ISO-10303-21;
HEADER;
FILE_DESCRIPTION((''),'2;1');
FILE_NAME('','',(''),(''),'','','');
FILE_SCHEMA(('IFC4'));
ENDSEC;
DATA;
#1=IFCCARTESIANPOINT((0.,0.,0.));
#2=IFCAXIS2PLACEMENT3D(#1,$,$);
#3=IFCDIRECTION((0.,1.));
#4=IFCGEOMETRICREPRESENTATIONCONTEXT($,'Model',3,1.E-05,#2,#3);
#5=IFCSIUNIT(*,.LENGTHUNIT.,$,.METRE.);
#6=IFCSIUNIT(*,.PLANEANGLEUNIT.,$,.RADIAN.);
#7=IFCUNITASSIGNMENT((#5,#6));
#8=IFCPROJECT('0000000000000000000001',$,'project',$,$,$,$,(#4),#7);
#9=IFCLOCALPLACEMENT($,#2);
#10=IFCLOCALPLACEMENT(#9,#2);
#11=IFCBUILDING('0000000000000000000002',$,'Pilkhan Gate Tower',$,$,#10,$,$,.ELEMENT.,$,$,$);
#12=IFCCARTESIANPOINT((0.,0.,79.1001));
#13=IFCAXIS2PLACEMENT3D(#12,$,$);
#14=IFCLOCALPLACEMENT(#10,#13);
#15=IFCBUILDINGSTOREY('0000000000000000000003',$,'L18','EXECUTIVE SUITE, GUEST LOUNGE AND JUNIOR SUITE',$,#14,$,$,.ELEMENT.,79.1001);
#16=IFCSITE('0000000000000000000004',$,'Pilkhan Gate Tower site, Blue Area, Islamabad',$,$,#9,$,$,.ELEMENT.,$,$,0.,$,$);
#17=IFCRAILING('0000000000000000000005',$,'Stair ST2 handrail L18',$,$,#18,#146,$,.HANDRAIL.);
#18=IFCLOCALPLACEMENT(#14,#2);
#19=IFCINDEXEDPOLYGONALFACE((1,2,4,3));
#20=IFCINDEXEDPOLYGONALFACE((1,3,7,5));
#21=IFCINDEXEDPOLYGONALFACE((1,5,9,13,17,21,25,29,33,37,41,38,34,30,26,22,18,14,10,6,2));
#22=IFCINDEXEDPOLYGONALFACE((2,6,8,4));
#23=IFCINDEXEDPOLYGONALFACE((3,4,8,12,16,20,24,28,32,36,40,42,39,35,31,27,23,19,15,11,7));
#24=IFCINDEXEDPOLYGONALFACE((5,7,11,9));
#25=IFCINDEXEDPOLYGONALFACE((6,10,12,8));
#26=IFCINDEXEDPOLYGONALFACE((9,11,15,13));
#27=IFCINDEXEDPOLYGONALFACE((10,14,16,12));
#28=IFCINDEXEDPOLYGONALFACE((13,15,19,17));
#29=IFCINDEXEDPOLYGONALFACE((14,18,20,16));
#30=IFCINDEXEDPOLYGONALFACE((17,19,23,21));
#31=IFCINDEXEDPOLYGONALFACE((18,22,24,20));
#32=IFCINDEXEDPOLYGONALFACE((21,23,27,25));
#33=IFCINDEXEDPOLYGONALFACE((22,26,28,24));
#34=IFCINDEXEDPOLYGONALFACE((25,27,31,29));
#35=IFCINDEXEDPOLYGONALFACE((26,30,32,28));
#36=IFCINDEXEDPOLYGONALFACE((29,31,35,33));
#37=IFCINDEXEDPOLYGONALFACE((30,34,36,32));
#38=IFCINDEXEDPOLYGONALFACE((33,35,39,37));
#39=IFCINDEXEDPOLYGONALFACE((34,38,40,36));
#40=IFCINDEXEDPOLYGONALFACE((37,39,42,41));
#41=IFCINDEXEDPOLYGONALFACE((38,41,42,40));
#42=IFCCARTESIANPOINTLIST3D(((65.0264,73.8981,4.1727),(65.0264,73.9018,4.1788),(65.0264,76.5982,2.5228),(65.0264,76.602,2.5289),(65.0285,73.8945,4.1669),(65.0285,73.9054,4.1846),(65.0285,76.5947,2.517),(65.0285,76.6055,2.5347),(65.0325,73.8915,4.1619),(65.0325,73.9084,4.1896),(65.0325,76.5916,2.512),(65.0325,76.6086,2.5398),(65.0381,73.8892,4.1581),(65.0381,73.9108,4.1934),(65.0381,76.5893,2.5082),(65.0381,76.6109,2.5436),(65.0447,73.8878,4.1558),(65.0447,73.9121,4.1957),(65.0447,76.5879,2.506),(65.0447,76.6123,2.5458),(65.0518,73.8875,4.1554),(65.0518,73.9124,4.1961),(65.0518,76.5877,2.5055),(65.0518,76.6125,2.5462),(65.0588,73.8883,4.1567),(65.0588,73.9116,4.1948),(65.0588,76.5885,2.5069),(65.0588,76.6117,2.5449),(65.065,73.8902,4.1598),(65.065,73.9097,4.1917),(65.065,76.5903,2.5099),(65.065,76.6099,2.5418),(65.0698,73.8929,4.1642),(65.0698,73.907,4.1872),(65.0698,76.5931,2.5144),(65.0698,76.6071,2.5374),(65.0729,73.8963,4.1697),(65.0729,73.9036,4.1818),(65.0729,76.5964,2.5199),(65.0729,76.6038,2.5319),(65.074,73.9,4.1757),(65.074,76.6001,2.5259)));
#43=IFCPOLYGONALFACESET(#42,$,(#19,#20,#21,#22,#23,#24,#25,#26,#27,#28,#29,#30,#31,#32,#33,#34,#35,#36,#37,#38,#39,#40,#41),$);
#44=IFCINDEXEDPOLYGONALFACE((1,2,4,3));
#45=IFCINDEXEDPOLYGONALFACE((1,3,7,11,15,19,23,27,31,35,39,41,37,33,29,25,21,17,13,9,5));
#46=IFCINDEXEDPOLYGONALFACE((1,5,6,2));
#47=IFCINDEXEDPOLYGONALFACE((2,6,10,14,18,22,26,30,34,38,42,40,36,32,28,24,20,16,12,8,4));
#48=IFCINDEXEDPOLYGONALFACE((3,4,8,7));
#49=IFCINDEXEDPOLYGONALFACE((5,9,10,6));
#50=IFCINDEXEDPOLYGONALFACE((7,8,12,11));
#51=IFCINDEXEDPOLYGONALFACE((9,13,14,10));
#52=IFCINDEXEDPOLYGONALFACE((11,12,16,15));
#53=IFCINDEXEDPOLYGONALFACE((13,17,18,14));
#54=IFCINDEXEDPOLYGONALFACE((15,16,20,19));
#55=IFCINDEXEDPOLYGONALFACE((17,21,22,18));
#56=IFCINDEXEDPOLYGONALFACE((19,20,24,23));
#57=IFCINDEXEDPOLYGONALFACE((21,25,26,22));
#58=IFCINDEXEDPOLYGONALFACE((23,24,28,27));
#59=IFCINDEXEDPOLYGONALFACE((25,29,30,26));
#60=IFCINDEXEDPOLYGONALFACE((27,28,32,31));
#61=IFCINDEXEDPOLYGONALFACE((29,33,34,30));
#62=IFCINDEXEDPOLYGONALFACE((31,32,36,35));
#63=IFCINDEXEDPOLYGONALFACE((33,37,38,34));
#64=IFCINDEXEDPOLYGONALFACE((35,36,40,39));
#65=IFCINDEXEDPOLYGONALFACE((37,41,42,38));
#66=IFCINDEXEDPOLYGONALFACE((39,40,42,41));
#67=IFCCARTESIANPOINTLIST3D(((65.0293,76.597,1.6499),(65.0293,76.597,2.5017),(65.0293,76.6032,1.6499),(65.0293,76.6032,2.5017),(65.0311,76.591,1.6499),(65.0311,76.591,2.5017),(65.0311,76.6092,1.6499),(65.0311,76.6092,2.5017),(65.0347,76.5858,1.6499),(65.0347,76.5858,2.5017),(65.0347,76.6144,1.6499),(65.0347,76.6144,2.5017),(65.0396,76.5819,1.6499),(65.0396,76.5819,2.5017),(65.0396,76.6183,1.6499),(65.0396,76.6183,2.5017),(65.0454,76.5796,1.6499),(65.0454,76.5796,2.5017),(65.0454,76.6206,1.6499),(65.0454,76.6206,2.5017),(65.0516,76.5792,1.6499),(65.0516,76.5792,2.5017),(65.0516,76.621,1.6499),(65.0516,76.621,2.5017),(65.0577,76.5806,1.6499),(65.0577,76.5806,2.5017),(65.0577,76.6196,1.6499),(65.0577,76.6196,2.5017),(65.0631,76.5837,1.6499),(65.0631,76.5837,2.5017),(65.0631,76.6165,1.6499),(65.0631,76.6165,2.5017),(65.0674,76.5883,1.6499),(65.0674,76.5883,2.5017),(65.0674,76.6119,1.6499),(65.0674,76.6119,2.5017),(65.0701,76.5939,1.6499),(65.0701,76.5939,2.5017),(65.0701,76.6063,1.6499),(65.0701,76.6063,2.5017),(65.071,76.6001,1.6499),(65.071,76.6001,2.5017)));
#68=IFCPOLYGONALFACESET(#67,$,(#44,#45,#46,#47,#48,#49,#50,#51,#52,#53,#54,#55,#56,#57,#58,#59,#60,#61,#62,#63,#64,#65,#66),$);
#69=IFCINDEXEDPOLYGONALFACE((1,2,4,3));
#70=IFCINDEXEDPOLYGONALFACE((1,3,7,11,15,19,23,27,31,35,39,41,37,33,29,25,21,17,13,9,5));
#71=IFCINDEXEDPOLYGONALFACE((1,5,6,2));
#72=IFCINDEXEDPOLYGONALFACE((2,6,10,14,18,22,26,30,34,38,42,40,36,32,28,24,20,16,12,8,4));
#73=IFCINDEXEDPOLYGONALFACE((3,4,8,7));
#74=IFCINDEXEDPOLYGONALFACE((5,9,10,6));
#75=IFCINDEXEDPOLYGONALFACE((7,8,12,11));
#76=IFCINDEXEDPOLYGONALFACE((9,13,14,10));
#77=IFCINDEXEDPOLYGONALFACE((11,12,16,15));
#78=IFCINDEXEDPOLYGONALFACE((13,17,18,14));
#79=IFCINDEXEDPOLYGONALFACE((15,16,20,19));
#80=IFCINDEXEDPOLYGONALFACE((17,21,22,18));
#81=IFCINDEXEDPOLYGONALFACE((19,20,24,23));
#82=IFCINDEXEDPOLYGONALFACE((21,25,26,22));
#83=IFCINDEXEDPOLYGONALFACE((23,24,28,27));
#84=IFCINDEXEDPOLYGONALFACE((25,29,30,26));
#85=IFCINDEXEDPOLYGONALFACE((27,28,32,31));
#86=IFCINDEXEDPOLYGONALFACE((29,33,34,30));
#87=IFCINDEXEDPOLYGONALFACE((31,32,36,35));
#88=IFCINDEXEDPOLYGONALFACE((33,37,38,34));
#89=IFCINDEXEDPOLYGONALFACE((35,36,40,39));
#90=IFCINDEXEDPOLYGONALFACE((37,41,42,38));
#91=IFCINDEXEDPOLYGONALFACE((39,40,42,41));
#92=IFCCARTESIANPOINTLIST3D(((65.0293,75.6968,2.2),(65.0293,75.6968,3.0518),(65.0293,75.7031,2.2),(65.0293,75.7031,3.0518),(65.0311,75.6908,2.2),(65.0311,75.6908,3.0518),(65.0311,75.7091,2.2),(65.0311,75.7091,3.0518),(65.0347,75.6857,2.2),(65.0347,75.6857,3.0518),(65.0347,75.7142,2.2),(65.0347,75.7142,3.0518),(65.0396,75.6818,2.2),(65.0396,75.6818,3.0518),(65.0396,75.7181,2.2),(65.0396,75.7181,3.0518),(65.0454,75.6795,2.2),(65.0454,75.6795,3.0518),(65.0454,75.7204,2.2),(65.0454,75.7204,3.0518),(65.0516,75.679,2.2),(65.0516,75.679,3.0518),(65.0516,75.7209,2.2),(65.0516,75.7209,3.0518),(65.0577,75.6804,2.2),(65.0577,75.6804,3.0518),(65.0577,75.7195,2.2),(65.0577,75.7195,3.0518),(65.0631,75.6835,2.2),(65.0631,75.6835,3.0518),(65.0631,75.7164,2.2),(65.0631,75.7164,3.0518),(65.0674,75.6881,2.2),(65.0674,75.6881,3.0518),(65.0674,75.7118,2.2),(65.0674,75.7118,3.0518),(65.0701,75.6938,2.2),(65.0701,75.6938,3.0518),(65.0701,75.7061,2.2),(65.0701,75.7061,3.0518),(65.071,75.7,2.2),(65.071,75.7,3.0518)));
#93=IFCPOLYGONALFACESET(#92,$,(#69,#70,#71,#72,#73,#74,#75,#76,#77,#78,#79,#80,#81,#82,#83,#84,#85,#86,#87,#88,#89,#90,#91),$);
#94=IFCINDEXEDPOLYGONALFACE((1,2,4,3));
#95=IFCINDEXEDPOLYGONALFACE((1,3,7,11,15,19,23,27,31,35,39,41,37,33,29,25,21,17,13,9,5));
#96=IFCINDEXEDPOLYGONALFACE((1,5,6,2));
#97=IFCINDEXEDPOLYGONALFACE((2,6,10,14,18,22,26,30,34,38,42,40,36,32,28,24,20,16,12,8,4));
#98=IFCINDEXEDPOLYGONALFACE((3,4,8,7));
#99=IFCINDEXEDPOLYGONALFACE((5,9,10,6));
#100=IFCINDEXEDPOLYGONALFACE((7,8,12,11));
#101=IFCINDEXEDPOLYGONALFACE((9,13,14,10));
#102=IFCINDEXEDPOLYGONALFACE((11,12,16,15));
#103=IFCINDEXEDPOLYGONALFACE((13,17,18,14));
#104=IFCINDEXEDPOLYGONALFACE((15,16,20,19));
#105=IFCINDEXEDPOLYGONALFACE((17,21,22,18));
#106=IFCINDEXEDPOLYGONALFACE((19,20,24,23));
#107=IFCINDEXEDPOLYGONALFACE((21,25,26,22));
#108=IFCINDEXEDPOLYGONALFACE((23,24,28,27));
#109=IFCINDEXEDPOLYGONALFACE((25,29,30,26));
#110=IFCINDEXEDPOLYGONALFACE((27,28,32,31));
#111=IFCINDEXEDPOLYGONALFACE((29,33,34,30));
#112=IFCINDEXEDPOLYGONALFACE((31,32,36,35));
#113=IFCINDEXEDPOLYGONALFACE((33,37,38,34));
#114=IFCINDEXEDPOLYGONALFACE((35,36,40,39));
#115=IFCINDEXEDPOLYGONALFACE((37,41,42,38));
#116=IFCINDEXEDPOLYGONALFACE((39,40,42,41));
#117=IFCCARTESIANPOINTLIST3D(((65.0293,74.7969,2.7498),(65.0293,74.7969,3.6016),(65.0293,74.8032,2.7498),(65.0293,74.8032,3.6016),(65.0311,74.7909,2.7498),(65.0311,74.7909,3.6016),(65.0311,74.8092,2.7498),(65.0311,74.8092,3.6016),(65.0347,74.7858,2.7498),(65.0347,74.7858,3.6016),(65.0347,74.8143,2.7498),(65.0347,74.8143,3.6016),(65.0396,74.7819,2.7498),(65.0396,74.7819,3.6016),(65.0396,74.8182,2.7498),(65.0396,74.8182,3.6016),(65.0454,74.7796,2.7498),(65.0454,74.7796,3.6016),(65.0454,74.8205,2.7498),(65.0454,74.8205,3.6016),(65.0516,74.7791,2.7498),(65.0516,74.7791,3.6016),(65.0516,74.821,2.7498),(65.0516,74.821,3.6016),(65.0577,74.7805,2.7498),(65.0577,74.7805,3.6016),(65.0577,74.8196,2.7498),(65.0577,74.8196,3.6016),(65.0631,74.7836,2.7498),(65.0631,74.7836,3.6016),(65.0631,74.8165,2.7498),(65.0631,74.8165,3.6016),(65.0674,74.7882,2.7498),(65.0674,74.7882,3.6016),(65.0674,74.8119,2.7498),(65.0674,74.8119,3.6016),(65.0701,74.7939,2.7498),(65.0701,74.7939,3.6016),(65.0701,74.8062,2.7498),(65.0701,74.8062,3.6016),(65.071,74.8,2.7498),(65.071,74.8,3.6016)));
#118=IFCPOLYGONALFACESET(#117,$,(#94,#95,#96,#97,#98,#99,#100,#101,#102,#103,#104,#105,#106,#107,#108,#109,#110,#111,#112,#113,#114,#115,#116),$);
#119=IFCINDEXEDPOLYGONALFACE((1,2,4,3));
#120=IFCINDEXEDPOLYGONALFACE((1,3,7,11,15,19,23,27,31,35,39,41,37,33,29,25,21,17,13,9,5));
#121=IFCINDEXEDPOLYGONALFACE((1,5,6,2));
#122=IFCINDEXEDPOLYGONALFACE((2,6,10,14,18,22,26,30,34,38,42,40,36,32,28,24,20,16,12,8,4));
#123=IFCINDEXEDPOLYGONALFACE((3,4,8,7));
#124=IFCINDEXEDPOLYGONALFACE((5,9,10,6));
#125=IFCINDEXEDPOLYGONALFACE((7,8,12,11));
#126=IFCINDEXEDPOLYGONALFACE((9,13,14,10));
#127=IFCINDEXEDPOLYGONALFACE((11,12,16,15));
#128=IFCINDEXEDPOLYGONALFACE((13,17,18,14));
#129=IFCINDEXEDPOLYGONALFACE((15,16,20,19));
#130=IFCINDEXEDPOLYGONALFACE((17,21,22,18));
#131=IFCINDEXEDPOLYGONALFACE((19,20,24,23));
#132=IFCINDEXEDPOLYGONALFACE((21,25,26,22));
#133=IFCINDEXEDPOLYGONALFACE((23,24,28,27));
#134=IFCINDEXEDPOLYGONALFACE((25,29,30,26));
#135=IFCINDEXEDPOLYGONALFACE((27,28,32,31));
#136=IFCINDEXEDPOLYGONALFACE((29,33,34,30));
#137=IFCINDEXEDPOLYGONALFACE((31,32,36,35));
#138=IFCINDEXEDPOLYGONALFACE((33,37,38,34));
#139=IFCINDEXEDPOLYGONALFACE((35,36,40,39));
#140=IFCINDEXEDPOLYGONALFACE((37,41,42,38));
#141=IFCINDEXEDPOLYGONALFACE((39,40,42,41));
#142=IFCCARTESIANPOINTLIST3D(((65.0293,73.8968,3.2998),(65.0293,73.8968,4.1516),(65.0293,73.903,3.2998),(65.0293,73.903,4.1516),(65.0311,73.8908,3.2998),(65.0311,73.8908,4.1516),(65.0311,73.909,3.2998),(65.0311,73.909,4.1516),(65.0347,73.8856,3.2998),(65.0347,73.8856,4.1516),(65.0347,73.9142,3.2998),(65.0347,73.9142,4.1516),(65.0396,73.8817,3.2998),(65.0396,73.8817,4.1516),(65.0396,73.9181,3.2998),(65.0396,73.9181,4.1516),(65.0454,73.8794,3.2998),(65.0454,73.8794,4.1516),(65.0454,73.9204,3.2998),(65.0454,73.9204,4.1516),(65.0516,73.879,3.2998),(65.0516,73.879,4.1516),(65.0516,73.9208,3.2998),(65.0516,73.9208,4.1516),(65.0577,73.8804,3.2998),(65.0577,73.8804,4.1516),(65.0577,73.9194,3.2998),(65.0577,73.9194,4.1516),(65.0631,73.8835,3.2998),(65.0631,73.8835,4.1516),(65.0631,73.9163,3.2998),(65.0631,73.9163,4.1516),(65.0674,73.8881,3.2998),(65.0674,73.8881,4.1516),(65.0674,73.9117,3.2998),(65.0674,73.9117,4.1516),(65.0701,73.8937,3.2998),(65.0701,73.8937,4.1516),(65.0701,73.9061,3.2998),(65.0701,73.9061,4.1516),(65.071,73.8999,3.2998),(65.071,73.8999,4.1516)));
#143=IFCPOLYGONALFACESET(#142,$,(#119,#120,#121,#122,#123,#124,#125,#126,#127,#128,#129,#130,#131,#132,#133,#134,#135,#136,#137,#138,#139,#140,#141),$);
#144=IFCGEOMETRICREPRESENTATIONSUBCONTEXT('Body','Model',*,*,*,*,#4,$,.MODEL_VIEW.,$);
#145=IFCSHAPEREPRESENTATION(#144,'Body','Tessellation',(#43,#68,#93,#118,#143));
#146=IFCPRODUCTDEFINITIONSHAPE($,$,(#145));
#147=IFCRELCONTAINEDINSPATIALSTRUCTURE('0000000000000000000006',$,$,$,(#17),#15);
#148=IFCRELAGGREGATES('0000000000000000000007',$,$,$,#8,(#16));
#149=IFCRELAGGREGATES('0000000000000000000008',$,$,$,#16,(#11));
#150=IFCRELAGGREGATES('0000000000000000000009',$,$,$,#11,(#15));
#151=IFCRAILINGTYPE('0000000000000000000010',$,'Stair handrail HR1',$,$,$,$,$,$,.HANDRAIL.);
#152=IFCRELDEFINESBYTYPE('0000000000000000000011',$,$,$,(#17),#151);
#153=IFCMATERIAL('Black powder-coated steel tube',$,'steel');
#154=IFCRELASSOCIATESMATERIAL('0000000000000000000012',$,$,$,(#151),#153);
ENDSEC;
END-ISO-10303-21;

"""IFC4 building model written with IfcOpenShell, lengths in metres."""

from ifc_helpers import new_model, si_unit, direction, frame, origin, origin_2d, place, context, subcontext, project, spatial, circle, extrude, material, type_object, element, save


model = new_model("IFC4")

# Units and contexts
model_context = context("Model", 3, precision=1e-05, world=origin(), true_north=direction((0.0, 1.0)))
body_context = subcontext(model_context, "Body", "Model", "MODEL_VIEW")
ifc_project = project(units=[si_unit("LENGTHUNIT", "METRE"), si_unit("PLANEANGLEUNIT", "RADIAN")], contexts=[model_context])

# Site, building, storey
site_placement = place(None, origin())
site = spatial("IfcSite", under=ifc_project, at=site_placement, Name="Pilkhan Gate Tower site, Blue Area, Islamabad", CompositionType="ELEMENT", RefElevation=0.0)
building_placement = place(site_placement, origin())
building = spatial("IfcBuilding", under=site, at=building_placement, Name="Pilkhan Gate Tower", CompositionType="ELEMENT")
storey_placement = place(building_placement, frame((0.0, 0.0, 79.1001)))
storey = spatial("IfcBuildingStorey", under=building, at=storey_placement, Name="L18", Description="EXECUTIVE SUITE, GUEST LOUNGE AND JUNIOR SUITE", CompositionType="ELEMENT", Elevation=79.1001)

# Railing
ifc_material_1 = material(Name="Black powder-coated steel tube", Category="steel")
railing_type_1 = type_object("IfcRailingType", Name="Stair handrail HR1", PredefinedType="HANDRAIL", material=ifc_material_1)
railing_1_placement = place(storey_placement, frame((65.05, 76.6001, 1.6499)))
element("IfcRailing", 1, at=railing_1_placement, inside=storey, type_object=railing_type_1, Name="Stair ST2 handrail L18", PredefinedType="HANDRAIL", context=body_context, shape_type="SweptSolid", body=[
    extrude(circle(Radius=0.0239, at=origin_2d()), frame((0.0, 0.0, 0.876), z_axis=(0.0, -0.853312, 0.5214), x_axis=(1.0, 0.0, 0.0)), (0.0, 0.0, 1.0), 3.1643),
    extrude(circle(Radius=0.021, at=origin_2d()), origin(), (0.0, 0.0, 1.0), 0.8518),
    extrude(circle(Radius=0.021, at=origin_2d()), frame((0.0, -0.9001, 0.55)), (0.0, 0.0, 1.0), 0.8518),
    extrude(circle(Radius=0.021, at=origin_2d()), frame((0.0, -1.8, 1.0999)), (0.0, 0.0, 1.0), 0.8518),
    extrude(circle(Radius=0.021, at=origin_2d()), frame((0.0, -2.7002, 1.6499)), (0.0, 0.0, 1.0), 0.8518),
])

save(model, "model.ifc")
